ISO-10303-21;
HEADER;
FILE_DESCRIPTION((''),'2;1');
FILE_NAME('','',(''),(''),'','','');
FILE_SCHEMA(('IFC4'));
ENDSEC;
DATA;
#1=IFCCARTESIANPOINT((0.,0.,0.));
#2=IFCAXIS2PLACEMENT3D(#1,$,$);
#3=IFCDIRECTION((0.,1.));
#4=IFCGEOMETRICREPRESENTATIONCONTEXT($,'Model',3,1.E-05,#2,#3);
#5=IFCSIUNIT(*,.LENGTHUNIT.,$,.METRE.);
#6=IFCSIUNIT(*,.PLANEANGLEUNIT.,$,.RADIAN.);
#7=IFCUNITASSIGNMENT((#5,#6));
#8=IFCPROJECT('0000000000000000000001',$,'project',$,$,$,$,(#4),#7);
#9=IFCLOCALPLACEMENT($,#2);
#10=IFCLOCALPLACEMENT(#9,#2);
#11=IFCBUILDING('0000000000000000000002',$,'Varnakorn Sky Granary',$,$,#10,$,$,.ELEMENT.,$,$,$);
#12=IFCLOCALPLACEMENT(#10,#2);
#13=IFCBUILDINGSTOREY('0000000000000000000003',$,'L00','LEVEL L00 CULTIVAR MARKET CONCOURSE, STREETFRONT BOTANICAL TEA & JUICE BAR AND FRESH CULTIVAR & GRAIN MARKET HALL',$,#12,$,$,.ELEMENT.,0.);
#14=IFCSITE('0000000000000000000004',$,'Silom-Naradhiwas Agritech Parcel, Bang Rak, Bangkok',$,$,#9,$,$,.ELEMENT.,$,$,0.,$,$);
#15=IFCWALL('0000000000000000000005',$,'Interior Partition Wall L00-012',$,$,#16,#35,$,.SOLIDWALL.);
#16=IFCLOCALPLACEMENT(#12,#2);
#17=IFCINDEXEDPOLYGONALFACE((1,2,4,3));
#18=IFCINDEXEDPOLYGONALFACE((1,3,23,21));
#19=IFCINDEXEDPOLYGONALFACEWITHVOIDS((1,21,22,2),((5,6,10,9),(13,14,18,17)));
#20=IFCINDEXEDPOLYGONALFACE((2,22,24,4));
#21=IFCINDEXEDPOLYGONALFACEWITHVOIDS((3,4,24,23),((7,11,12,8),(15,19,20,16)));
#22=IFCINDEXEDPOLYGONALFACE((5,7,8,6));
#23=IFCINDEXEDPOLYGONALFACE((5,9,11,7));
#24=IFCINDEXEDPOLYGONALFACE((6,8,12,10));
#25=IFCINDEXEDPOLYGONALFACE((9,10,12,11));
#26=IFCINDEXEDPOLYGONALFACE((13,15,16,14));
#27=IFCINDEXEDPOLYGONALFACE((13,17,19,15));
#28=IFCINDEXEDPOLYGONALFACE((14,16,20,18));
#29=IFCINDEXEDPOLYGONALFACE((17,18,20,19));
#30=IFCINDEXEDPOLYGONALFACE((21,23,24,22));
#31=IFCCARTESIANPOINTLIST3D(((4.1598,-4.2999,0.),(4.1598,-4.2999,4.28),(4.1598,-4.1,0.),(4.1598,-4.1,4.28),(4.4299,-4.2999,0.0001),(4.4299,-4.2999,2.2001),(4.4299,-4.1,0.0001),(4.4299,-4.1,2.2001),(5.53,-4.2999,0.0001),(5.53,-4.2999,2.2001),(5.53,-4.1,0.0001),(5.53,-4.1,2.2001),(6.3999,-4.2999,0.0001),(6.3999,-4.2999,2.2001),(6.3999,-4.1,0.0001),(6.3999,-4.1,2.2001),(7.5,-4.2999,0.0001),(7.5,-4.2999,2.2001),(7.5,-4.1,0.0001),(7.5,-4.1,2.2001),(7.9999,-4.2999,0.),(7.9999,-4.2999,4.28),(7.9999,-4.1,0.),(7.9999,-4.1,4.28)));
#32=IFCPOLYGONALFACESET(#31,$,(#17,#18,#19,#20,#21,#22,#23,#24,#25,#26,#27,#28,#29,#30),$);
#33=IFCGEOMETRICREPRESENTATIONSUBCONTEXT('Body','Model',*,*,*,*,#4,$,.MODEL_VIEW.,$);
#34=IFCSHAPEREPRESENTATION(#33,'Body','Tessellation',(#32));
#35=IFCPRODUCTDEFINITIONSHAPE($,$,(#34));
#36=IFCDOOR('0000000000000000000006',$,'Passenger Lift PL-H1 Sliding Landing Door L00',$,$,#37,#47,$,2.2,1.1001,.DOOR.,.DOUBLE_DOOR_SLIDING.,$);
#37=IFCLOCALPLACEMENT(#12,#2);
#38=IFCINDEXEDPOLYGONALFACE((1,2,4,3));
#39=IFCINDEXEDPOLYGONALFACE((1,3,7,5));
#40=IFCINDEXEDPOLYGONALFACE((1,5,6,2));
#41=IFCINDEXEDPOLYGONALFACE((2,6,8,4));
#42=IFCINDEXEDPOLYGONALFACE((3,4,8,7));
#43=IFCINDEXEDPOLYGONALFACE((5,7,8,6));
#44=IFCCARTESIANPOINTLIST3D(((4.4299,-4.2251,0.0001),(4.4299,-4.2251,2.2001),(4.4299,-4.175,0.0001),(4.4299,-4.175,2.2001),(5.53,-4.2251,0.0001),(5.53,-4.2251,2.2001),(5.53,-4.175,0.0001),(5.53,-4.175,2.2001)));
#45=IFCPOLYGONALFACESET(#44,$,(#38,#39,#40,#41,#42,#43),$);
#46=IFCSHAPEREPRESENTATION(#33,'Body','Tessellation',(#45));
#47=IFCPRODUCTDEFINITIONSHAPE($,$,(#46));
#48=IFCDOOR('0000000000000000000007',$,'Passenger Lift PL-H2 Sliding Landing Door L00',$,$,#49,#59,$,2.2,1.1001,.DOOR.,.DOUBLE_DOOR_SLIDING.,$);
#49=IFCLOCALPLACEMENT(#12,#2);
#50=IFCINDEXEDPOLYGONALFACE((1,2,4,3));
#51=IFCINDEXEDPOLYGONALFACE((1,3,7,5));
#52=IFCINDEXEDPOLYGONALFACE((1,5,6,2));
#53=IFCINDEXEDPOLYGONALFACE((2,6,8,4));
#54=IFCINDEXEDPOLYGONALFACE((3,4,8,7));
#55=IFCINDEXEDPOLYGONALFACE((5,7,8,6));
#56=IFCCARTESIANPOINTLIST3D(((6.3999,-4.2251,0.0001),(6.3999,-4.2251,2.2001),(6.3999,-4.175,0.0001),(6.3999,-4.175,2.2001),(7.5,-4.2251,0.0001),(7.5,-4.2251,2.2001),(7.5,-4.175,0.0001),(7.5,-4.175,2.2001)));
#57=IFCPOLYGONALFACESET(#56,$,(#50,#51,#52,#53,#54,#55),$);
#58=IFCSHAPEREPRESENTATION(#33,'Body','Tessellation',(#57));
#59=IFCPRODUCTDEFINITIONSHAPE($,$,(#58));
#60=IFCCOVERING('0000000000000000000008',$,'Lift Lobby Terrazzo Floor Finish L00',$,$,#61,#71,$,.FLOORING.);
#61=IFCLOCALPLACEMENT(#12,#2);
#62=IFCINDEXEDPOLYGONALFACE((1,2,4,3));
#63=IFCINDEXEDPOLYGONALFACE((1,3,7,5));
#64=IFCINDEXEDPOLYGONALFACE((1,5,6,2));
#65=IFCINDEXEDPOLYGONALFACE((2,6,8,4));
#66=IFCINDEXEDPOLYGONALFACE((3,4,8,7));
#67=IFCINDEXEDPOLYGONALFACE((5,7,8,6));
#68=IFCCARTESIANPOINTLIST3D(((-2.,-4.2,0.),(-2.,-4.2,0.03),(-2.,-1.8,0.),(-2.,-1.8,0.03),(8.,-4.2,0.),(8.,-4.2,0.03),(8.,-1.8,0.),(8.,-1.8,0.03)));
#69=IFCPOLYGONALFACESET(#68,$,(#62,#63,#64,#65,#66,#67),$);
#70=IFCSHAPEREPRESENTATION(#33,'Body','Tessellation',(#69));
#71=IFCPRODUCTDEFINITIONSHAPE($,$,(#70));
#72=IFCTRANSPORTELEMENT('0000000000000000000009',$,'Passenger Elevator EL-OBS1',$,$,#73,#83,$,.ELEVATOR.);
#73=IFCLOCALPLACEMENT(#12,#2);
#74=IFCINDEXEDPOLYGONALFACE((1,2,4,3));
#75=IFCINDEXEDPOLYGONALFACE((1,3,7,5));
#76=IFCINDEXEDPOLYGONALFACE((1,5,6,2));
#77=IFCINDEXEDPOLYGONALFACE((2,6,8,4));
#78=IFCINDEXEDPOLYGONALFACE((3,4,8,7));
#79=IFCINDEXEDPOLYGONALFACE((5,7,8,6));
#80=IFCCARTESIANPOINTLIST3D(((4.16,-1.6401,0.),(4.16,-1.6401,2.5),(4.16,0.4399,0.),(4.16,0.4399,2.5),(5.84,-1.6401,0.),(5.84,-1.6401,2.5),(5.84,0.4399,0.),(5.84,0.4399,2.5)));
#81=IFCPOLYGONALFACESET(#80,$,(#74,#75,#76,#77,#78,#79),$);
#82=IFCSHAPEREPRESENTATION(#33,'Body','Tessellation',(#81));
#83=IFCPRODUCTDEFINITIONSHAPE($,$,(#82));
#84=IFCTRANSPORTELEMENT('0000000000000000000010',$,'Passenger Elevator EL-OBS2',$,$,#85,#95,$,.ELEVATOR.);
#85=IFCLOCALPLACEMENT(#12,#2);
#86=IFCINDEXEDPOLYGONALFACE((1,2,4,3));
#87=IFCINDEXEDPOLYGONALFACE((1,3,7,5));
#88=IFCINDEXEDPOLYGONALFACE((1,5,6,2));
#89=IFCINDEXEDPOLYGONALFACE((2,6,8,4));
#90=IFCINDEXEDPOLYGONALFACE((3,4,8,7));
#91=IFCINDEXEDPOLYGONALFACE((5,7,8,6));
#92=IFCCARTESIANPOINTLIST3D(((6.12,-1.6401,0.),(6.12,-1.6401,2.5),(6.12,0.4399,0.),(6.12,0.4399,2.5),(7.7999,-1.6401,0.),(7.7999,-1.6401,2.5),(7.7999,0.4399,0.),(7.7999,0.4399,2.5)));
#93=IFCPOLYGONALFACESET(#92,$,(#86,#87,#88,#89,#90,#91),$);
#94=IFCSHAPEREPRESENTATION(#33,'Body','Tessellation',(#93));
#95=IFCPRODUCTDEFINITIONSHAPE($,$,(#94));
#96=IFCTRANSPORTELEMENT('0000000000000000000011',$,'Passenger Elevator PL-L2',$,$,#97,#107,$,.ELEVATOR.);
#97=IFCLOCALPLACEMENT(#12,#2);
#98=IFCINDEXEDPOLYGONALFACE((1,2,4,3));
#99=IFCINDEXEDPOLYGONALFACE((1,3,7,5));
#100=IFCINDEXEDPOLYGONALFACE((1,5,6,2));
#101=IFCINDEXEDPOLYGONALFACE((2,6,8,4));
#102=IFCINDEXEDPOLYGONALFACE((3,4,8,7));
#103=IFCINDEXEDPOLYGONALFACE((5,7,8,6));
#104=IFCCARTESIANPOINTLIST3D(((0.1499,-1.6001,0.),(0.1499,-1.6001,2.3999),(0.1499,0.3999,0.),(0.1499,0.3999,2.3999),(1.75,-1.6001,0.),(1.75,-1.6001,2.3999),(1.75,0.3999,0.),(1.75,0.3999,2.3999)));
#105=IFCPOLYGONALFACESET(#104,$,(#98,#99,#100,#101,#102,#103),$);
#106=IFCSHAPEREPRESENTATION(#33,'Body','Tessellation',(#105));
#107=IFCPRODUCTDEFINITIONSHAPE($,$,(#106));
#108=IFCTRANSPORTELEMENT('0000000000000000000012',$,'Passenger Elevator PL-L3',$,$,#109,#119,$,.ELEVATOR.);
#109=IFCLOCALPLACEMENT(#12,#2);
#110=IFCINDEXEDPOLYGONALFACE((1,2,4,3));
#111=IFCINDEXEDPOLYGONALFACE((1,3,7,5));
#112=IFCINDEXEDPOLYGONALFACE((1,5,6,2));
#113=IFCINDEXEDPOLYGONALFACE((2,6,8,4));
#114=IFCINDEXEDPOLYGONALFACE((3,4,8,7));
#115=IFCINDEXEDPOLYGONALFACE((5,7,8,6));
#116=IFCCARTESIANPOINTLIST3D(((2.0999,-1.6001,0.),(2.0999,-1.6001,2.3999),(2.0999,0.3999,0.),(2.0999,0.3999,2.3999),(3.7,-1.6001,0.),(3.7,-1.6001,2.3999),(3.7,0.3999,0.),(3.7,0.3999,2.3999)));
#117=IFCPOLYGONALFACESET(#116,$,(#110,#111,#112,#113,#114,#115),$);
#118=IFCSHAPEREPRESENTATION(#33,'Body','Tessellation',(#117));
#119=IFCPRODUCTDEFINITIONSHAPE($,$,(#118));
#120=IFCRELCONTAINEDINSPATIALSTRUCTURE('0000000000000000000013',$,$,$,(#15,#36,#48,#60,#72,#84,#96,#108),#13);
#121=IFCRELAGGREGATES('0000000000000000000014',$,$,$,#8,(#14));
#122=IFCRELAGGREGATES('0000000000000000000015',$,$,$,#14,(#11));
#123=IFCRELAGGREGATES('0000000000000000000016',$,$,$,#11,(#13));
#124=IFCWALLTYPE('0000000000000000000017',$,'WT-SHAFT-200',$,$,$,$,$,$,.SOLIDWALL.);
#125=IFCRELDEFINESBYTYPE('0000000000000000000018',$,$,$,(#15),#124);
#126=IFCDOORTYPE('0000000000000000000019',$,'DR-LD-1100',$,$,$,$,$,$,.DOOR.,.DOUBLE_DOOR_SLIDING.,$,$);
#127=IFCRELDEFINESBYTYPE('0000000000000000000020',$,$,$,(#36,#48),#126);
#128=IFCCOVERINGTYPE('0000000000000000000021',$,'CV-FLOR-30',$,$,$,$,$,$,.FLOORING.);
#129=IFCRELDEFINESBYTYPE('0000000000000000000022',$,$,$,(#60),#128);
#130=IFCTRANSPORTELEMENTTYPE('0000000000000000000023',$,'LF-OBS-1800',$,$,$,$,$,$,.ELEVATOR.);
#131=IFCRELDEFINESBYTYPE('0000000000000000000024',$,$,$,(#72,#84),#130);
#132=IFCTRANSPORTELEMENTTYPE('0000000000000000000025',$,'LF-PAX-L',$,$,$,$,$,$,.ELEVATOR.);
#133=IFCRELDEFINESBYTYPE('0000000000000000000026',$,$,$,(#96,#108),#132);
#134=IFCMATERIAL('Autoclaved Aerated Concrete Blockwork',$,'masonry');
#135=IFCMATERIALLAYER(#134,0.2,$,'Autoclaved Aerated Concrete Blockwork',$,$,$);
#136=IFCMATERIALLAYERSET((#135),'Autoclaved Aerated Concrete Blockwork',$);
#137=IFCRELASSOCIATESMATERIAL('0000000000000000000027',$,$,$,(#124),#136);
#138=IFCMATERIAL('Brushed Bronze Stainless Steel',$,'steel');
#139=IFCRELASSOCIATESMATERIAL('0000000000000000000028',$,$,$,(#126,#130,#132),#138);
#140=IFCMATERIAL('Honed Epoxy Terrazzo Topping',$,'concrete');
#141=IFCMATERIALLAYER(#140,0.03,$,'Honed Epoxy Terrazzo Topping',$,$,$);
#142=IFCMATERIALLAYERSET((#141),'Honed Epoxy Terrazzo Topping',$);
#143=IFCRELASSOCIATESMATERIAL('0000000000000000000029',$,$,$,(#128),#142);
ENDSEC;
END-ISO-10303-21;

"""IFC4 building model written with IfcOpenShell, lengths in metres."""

from ifc_helpers import new_model, si_unit, direction, frame, frame_2d, origin, origin_2d, place, context, subcontext, project, spatial, polyline, rectangle, outline, extrude, material, layer, layer_set, type_object, element, fill, save


model = new_model("IFC4")

# Units and contexts
model_context = context("Model", 3, precision=1e-05, world=origin(), true_north=direction((0.0, 1.0)))
body_context = subcontext(model_context, "Body", "Model", "MODEL_VIEW")
ifc_project = project(units=[si_unit("LENGTHUNIT", "METRE"), si_unit("PLANEANGLEUNIT", "RADIAN")], contexts=[model_context])

# Site, building, storey
site_placement = place(None, origin())
site = spatial("IfcSite", under=ifc_project, at=site_placement, Name="Silom-Naradhiwas Agritech Parcel, Bang Rak, Bangkok", CompositionType="ELEMENT", RefElevation=0.0)
building_placement = place(site_placement, origin())
building = spatial("IfcBuilding", under=site, at=building_placement, Name="Varnakorn Sky Granary", CompositionType="ELEMENT")
storey_placement = place(building_placement, origin())
storey = spatial("IfcBuildingStorey", under=building, at=storey_placement, Name="L00", Description="LEVEL L00 CULTIVAR MARKET CONCOURSE, STREETFRONT BOTANICAL TEA & JUICE BAR AND FRESH CULTIVAR & GRAIN MARKET HALL", CompositionType="ELEMENT", Elevation=0.0)

# Shared definitions
ifc_material_1 = material(Name="Autoclaved Aerated Concrete Blockwork", Category="masonry")

# Shared definitions
ifc_layer_1 = layer(ifc_material_1, 0.2, Name="Autoclaved Aerated Concrete Blockwork")
ifc_layer_set_1 = layer_set([ifc_layer_1], Name="Autoclaved Aerated Concrete Blockwork")
wall_type_1 = type_object("IfcWallType", Name="WT-SHAFT-200", PredefinedType="SOLIDWALL", material=ifc_layer_set_1)
ifc_material_2 = material(Name="Brushed Bronze Stainless Steel", Category="steel")

# Wall, openings, doors
wall_1_placement = place(storey_placement, frame((4.1599, -4.2, 0.0), z_axis=(0.0, 0.0, 1.0), x_axis=(1.0, 0.0, 0.0)))
wall_1 = element("IfcWall", 1, at=wall_1_placement, inside=storey, type_object=wall_type_1, Name="Interior Partition Wall L00-012", PredefinedType="SOLIDWALL", context=body_context, shape_type="SweptSolid", body=[
    extrude(rectangle(XDim=3.8401, YDim=0.2, at=frame_2d((1.9199, 0.0))), origin(), (0.0, 0.0, 1.0), 4.28),
])
opening_1_placement = place(wall_1_placement, frame((0.27, 0.0, 0.0)))
opening_1 = element("IfcOpeningElement", 2, at=opening_1_placement, cuts=wall_1, PredefinedType="OPENING", context=body_context, shape_type="SweptSolid", body=[
    extrude(rectangle(XDim=1.1001, YDim=2.2, at=frame_2d((0.55, 1.1001))), frame((0.0, 0.1099, 0.0), z_axis=(0.0, -1.0, 0.0), x_axis=(1.0, 0.0, 0.0)), (0.0, 0.0, 1.0), 0.22),
])
opening_2_placement = place(wall_1_placement, frame((2.24, 0.0, 0.0)))
opening_2 = element("IfcOpeningElement", 3, at=opening_2_placement, cuts=wall_1, PredefinedType="OPENING", context=body_context, shape_type="SweptSolid", body=[
    extrude(rectangle(XDim=1.1001, YDim=2.2, at=frame_2d((0.55, 1.1001))), frame((0.0, 0.1099, 0.0), z_axis=(0.0, -1.0, 0.0), x_axis=(1.0, 0.0, 0.0)), (0.0, 0.0, 1.0), 0.22),
])
door_type_1 = type_object("IfcDoorType", Name="DR-LD-1100", OperationType="DOUBLE_DOOR_SLIDING", PredefinedType="DOOR", material=ifc_material_2)
door_1_placement = place(opening_1_placement, origin())
door_1 = element("IfcDoor", 4, at=door_1_placement, inside=storey, type_object=door_type_1, Name="Passenger Lift PL-H1 Sliding Landing Door L00", OperationType="DOUBLE_DOOR_SLIDING", OverallHeight=2.2, OverallWidth=1.1001, PredefinedType="DOOR", context=body_context, shape_type="SweptSolid", body=[
    extrude(rectangle(XDim=1.1001, YDim=2.2, at=frame_2d((0.55, 1.1001))), frame((0.0, 0.0249, 0.0), z_axis=(0.0, -1.0, 0.0), x_axis=(1.0, 0.0, 0.0)), (0.0, 0.0, 1.0), 0.05),
])
fill(opening_1, door_1)
door_2_placement = place(opening_2_placement, origin())
door_2 = element("IfcDoor", 5, at=door_2_placement, inside=storey, type_object=door_type_1, Name="Passenger Lift PL-H2 Sliding Landing Door L00", OperationType="DOUBLE_DOOR_SLIDING", OverallHeight=2.2, OverallWidth=1.1001, PredefinedType="DOOR", context=body_context, shape_type="SweptSolid", body=[
    extrude(rectangle(XDim=1.1001, YDim=2.2, at=frame_2d((0.55, 1.1001))), frame((0.0, 0.0249, 0.0), z_axis=(0.0, -1.0, 0.0), x_axis=(1.0, 0.0, 0.0)), (0.0, 0.0, 1.0), 0.05),
])
fill(opening_2, door_2)

# Covering
ifc_material_3 = material(Name="Honed Epoxy Terrazzo Topping", Category="concrete")
ifc_layer_2 = layer(ifc_material_3, 0.03, Name="Honed Epoxy Terrazzo Topping")
ifc_layer_set_2 = layer_set([ifc_layer_2], Name="Honed Epoxy Terrazzo Topping")
covering_type = type_object("IfcCoveringType", Name="CV-FLOR-30", PredefinedType="FLOORING", material=ifc_layer_set_2)
covering_placement = place(storey_placement, origin())
element("IfcCovering", 6, at=covering_placement, inside=storey, type_object=covering_type, Name="Lift Lobby Terrazzo Floor Finish L00", PredefinedType="FLOORING", context=body_context, shape_type="SweptSolid", body=[
    extrude(outline(polyline([(-2.0, -4.2), (8.0, -4.2), (8.0, -1.8), (-2.0, -1.8), (-2.0, -4.2)])), origin(), (0.0, 0.0, 1.0), 0.03),
])

# Transport elements
transport_element_type_1 = type_object("IfcTransportElementType", Name="LF-OBS-1800", PredefinedType="ELEVATOR", material=ifc_material_2)
for number, where, z_axis, x_axis, name in (
    (7, (5.0, -0.6001, 0.0), (0.0, 0.0, 1.0), (1.0, 0.0, 0.0), "Passenger Elevator EL-OBS1"),
    (8, (6.96, -0.6001, 0.0), (0.0, 0.0, 1.0), (1.0, 0.0, 0.0), "Passenger Elevator EL-OBS2"),
):
    element("IfcTransportElement", number, at=place(storey_placement, frame(where, z_axis=z_axis, x_axis=x_axis)), inside=storey, type_object=transport_element_type_1, Name=name, PredefinedType="ELEVATOR", context=body_context, shape_type="SweptSolid", body=[
        extrude(rectangle(XDim=1.6799, YDim=2.0801, at=origin_2d()), origin(), (0.0, 0.0, 1.0), 2.5),
    ])
transport_element_type_2 = type_object("IfcTransportElementType", Name="LF-PAX-L", PredefinedType="ELEVATOR", material=ifc_material_2)
for number, where, z_axis, x_axis, name in (
    (9, (0.95, -0.6001, 0.0), (0.0, 0.0, 1.0), (1.0, 0.0, 0.0), "Passenger Elevator PL-L2"),
    (10, (2.8999, -0.6001, 0.0), (0.0, 0.0, 1.0), (1.0, 0.0, 0.0), "Passenger Elevator PL-L3"),
):
    element("IfcTransportElement", number, at=place(storey_placement, frame(where, z_axis=z_axis, x_axis=x_axis)), inside=storey, type_object=transport_element_type_2, Name=name, PredefinedType="ELEVATOR", context=body_context, shape_type="SweptSolid", body=[
        extrude(rectangle(XDim=1.6001, YDim=2.0, at=origin_2d()), origin(), (0.0, 0.0, 1.0), 2.3999),
    ])

save(model, "model.ifc")
